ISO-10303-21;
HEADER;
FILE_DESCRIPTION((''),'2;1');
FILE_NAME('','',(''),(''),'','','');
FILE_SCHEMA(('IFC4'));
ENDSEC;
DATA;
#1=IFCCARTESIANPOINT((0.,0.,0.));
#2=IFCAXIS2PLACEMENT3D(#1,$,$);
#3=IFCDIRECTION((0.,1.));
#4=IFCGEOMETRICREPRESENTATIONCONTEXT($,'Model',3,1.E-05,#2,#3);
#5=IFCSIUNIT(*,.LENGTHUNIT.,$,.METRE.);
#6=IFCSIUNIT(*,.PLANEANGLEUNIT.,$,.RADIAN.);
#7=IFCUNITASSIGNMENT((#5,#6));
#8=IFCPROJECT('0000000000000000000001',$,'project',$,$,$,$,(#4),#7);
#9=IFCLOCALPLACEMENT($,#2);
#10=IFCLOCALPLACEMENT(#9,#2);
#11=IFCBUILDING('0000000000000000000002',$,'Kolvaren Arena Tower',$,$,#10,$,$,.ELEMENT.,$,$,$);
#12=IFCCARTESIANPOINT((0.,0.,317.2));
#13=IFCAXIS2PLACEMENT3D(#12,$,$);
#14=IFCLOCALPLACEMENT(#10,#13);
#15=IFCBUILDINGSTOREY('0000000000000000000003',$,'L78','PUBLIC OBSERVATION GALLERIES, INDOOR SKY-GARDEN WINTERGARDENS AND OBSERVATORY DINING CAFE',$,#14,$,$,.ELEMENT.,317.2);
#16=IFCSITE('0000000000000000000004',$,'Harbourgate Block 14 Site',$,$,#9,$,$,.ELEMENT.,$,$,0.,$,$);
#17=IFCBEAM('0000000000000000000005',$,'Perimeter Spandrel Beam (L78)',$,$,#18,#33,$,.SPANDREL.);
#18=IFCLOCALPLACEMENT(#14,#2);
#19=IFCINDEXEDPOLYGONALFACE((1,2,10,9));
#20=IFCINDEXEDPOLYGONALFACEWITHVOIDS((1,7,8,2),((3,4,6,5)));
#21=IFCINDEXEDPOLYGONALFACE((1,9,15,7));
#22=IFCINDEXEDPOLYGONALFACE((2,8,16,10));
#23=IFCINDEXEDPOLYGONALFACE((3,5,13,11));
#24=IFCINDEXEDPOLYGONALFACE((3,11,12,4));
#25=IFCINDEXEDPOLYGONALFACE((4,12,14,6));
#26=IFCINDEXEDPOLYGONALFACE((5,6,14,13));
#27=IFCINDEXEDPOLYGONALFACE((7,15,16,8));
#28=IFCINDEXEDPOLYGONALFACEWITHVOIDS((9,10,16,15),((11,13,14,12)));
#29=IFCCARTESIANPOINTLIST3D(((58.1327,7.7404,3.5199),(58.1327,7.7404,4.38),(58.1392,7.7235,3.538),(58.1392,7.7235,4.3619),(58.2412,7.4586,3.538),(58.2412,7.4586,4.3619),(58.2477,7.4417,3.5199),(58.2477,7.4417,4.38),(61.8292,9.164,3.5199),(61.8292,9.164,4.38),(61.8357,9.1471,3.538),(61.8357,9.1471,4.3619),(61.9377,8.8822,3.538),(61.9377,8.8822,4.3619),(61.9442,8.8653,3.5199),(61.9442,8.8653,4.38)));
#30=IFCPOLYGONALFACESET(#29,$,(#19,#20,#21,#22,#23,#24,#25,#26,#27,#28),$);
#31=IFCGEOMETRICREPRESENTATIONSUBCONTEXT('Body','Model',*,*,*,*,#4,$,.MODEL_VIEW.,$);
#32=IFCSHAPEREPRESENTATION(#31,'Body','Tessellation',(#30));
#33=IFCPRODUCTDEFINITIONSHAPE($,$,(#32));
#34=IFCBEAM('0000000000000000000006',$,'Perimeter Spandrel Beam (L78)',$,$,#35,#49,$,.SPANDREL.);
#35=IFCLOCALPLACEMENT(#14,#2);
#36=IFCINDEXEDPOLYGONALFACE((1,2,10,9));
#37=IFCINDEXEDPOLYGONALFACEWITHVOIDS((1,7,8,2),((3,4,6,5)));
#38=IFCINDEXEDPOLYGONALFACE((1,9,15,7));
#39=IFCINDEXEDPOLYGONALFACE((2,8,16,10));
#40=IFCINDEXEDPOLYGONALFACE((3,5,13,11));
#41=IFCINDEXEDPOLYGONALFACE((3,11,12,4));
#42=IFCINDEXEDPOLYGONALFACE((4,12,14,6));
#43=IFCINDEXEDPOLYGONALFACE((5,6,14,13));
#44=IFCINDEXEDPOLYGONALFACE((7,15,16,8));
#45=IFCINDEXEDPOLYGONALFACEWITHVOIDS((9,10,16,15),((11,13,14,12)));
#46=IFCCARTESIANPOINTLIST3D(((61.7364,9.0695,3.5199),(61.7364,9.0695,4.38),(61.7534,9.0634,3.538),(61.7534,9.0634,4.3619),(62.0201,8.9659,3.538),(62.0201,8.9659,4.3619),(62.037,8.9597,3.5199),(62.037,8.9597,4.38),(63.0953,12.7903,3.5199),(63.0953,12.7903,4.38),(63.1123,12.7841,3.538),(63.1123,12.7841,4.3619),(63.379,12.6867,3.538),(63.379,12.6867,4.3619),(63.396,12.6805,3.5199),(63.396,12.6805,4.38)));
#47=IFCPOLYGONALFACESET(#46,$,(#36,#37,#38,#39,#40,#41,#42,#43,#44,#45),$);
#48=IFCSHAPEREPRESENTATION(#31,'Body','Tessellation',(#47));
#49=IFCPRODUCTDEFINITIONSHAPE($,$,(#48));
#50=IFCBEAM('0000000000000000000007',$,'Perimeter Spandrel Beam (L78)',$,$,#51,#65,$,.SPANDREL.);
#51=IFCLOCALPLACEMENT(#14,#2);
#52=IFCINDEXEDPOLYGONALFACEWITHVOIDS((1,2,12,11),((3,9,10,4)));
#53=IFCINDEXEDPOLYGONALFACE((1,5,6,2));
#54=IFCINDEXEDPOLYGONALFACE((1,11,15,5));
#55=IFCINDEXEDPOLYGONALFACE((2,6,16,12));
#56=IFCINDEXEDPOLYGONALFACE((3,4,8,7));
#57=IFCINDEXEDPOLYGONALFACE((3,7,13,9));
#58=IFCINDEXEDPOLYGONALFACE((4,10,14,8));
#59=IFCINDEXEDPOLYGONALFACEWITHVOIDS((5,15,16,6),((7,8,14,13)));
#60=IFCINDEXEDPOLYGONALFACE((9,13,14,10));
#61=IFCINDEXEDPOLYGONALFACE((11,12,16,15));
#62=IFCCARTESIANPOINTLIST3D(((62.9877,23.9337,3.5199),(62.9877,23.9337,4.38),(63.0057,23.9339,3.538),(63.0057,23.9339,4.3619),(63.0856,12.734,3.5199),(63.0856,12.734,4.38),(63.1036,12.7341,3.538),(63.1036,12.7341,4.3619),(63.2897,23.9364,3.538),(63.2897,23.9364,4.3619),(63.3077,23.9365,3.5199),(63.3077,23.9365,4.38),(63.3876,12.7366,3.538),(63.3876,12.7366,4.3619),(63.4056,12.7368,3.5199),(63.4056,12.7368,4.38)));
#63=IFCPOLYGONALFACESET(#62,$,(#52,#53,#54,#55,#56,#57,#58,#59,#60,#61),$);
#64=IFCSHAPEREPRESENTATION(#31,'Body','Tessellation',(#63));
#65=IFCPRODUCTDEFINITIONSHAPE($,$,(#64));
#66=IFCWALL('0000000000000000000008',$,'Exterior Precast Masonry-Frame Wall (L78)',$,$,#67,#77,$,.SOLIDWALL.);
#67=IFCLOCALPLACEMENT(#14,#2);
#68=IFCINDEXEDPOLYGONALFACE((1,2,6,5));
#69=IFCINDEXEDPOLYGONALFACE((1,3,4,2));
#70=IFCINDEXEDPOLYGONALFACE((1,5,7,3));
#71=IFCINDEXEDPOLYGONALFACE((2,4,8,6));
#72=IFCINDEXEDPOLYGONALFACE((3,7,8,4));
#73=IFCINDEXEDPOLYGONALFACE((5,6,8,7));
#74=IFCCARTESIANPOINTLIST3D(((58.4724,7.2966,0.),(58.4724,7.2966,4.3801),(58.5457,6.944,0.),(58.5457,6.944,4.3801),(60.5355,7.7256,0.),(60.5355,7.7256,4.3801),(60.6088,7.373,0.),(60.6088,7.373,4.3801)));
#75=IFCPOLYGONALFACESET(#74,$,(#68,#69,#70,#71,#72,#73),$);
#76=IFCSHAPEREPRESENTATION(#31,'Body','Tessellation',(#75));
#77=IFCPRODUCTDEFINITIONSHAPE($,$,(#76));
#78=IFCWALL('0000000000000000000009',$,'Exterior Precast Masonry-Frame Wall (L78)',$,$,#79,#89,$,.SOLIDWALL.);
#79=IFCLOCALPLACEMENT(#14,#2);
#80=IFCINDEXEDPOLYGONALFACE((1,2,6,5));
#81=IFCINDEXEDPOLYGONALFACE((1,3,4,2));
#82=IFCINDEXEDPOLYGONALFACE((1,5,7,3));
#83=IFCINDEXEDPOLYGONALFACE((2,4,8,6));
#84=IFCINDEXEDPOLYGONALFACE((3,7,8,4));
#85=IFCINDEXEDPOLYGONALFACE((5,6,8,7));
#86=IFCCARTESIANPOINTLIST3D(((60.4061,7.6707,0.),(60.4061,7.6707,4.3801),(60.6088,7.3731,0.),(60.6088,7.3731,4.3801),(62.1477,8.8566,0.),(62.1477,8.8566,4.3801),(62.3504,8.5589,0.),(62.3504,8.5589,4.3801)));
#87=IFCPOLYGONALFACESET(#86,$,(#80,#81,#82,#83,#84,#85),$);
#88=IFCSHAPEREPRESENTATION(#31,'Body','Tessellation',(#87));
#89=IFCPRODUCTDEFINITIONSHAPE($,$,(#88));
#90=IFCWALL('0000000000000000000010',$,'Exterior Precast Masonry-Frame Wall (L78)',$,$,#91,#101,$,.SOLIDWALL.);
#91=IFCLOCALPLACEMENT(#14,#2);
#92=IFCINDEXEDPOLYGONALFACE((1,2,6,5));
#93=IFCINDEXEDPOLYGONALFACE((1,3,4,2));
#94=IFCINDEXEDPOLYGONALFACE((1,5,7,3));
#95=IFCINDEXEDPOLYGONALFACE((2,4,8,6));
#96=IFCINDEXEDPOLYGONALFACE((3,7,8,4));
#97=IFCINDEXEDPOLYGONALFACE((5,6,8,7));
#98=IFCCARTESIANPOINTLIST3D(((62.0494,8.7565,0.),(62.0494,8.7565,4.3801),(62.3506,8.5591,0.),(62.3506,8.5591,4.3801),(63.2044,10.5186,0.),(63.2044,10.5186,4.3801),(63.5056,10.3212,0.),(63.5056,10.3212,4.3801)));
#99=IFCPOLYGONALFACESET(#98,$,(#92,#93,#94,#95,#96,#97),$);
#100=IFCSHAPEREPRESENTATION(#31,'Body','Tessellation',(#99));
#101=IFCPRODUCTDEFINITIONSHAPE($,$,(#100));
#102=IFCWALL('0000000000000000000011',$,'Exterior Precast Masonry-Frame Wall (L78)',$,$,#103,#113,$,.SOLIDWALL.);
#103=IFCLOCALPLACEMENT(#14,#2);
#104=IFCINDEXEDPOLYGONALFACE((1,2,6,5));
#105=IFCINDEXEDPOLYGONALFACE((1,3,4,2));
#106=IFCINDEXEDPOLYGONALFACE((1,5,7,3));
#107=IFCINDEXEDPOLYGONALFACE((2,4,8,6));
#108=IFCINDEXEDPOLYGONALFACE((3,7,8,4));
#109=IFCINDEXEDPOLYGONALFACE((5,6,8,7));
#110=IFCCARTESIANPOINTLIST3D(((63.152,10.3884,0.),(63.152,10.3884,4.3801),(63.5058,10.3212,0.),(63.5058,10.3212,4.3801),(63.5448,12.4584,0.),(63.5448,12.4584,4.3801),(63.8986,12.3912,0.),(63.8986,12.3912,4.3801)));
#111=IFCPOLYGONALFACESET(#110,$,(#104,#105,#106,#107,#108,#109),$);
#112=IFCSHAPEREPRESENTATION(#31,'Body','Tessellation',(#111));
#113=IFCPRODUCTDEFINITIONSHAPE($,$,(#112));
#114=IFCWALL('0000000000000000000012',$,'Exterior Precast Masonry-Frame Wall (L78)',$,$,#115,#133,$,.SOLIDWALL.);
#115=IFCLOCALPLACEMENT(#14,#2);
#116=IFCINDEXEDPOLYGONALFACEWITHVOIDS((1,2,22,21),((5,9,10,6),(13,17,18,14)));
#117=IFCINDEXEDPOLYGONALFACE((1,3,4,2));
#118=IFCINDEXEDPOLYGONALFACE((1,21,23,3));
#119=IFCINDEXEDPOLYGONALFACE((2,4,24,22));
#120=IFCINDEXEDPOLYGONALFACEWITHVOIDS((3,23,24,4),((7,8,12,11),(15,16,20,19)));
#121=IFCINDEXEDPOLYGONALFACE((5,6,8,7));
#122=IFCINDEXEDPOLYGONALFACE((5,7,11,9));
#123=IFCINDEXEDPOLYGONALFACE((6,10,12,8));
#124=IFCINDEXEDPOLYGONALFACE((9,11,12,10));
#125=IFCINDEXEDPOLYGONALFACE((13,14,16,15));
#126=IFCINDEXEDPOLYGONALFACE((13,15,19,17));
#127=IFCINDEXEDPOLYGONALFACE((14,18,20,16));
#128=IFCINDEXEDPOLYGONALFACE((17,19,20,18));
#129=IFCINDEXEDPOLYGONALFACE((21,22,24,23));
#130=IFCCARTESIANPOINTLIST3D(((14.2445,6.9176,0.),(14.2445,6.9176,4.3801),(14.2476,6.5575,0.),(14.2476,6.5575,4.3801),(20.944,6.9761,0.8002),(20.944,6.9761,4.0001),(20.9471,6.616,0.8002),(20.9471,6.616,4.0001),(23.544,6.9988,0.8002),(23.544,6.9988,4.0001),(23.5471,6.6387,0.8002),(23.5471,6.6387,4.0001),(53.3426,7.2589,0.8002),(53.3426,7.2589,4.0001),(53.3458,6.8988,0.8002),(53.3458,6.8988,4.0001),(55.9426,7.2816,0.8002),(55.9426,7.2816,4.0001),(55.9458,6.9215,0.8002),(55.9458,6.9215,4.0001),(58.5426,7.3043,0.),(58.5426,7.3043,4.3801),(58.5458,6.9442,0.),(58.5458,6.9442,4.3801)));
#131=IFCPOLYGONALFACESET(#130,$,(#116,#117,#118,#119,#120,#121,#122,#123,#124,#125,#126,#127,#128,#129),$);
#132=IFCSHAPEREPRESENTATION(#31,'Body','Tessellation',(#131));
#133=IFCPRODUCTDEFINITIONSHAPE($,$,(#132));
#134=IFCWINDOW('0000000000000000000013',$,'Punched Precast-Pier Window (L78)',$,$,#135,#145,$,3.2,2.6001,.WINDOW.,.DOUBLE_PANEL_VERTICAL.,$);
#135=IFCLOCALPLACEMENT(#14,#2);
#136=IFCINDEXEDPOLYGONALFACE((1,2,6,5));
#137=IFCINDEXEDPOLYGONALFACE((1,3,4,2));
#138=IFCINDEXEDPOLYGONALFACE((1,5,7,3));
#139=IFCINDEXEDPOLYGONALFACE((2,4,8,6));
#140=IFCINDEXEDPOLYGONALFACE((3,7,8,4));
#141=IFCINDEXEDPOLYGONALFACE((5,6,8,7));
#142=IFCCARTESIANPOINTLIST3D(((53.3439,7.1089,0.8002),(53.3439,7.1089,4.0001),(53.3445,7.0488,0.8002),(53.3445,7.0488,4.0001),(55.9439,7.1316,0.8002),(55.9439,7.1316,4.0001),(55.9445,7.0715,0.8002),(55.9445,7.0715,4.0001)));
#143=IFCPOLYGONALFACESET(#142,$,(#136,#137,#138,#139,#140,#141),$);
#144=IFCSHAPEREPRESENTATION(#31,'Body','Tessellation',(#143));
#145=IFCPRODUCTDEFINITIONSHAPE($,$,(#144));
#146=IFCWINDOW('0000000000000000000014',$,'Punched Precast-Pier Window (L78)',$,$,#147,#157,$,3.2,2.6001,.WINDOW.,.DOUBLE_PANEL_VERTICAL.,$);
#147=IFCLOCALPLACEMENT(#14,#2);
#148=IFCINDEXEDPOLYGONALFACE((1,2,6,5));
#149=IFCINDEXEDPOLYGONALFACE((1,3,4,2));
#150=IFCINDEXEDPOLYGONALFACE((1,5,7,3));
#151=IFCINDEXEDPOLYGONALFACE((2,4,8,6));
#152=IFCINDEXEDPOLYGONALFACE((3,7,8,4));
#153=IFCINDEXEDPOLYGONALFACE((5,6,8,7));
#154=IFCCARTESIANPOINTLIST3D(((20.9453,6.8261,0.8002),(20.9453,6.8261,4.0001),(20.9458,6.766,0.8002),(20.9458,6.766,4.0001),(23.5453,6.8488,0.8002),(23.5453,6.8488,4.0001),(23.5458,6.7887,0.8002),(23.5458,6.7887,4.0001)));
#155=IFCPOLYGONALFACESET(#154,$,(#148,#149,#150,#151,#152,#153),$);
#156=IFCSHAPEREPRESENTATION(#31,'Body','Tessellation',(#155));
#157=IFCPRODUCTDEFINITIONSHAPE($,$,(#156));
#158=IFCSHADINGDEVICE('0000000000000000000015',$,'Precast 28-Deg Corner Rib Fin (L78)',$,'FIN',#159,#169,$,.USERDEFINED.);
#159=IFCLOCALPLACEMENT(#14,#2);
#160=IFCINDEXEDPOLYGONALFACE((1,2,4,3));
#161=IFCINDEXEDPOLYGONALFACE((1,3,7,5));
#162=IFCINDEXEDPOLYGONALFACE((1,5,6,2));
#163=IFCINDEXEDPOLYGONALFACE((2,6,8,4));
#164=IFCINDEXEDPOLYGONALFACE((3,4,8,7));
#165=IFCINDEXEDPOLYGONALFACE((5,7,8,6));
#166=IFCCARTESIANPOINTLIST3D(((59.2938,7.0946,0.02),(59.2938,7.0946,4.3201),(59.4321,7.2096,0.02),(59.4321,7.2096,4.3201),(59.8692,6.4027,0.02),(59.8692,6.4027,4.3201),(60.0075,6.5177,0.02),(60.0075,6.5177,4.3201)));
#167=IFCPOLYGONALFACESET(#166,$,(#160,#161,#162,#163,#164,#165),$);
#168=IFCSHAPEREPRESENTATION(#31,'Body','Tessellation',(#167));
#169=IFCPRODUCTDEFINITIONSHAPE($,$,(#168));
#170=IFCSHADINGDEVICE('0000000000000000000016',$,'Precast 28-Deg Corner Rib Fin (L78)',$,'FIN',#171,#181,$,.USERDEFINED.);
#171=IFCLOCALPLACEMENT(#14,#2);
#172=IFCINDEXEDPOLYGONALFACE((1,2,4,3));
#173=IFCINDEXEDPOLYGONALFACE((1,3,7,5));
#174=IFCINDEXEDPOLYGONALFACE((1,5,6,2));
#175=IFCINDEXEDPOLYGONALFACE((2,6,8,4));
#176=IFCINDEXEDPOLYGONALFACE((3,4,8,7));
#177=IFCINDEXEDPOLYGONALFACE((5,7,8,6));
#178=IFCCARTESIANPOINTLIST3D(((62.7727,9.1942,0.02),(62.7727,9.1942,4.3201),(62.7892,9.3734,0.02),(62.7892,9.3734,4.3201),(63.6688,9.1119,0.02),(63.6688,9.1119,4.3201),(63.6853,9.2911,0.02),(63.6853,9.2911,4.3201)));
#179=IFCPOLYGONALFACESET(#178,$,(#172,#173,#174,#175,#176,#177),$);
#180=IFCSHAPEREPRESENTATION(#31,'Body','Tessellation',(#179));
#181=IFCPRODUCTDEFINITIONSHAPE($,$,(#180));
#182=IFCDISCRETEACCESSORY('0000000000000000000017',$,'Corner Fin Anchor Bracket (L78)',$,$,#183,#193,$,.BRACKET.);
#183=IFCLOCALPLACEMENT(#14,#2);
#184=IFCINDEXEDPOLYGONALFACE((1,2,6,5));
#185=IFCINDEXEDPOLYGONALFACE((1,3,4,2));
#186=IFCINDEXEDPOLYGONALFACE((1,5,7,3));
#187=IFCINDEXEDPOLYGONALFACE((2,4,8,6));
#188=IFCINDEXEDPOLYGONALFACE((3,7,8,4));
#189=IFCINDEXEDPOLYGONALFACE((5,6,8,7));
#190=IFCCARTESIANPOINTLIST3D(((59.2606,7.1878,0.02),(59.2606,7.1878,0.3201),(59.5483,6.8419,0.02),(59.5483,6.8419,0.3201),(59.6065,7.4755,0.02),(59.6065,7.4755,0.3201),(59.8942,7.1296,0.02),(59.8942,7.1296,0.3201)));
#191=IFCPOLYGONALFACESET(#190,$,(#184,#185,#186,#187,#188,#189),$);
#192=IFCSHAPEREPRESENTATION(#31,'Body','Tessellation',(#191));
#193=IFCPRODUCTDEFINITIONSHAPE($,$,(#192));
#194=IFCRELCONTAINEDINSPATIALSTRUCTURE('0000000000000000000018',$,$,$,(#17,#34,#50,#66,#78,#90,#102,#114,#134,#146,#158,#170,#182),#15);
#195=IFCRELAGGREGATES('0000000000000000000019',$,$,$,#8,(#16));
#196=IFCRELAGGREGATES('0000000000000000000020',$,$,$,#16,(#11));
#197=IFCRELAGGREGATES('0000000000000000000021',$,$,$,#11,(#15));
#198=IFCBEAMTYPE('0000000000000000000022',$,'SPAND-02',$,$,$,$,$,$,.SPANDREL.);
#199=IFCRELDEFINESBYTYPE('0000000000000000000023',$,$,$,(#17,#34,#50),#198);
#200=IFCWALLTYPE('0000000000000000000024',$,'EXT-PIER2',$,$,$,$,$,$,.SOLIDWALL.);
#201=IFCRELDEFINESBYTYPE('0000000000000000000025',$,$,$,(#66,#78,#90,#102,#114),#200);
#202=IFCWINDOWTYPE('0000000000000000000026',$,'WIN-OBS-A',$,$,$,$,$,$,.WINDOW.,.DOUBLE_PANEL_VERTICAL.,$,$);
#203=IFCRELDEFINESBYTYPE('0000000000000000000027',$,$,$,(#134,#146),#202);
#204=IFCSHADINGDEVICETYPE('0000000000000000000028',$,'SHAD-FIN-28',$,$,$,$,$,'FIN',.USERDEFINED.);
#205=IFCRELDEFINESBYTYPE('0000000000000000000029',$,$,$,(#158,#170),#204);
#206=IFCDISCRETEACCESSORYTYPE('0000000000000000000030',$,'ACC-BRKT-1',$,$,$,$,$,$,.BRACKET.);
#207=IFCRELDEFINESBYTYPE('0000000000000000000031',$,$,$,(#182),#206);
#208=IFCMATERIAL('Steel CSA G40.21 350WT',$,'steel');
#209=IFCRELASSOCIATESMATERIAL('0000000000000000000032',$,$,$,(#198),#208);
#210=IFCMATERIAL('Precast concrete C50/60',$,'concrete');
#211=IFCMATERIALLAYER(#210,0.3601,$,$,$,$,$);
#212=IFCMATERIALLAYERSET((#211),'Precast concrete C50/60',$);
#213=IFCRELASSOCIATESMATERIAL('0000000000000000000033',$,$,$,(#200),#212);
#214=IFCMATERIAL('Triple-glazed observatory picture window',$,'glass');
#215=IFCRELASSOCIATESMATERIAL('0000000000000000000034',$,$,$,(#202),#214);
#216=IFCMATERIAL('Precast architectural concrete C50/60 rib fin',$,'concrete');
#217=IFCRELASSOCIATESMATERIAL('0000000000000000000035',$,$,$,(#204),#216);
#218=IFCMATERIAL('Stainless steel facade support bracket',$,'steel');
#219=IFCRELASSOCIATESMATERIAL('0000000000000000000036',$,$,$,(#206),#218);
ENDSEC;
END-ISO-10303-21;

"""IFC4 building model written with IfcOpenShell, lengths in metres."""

from ifc_helpers import new_model, si_unit, direction, frame, frame_2d, origin, origin_2d, place, context, subcontext, project, spatial, rectangle, hollow_rectangle, extrude, material, layer, layer_set, material_profile, profile_set, type_object, element, fill, save


model = new_model("IFC4")

# Units and contexts
model_context = context("Model", 3, precision=1e-05, world=origin(), true_north=direction((0.0, 1.0)))
body_context = subcontext(model_context, "Body", "Model", "MODEL_VIEW")
ifc_project = project(units=[si_unit("LENGTHUNIT", "METRE"), si_unit("PLANEANGLEUNIT", "RADIAN")], contexts=[model_context])

# Site, building, storey
site_placement = place(None, origin())
site = spatial("IfcSite", under=ifc_project, at=site_placement, Name="Harbourgate Block 14 Site", CompositionType="ELEMENT", RefElevation=0.0)
building_placement = place(site_placement, origin())
building = spatial("IfcBuilding", under=site, at=building_placement, Name="Kolvaren Arena Tower", CompositionType="ELEMENT")
storey_placement = place(building_placement, frame((0.0, 0.0, 317.2)))
storey = spatial("IfcBuildingStorey", under=building, at=storey_placement, Name="L78", Description="PUBLIC OBSERVATION GALLERIES, INDOOR SKY-GARDEN WINTERGARDENS AND OBSERVATORY DINING CAFE", CompositionType="ELEMENT", Elevation=317.2)

# Shared definitions
ifc_material_1 = material(Name="Precast concrete C50/60", Category="concrete")

# Beams
ifc_material_2 = material(Name="Steel CSA G40.21 350WT", Category="steel")
ifc_material_profile_1 = material_profile(ifc_material_2, hollow_rectangle(XDim=0.3201, YDim=0.8601, WallThickness=0.0181, at=origin_2d()), Name="HSS 860x320x18")
ifc_profile_set_1 = profile_set([ifc_material_profile_1], Name="Steel CSA G40.21 350WT")
beam_type_1 = type_object("IfcBeamType", Name="SPAND-02", PredefinedType="SPANDREL", material=ifc_profile_set_1)
for number, where, z_axis, x_axis, name in (
    (1, (58.1902, 7.5911, 3.95), (0.93319, 0.359384, 0.0), (-0.359384, 0.93319, 0.0), "Perimeter Spandrel Beam (L78)"),
    (2, (61.8867, 9.0146, 3.95), (0.343059, 0.939314, 0.0), (-0.939314, 0.343059, 0.0), "Perimeter Spandrel Beam (L78)"),
):
    element("IfcBeam", number, at=place(storey_placement, frame(where, z_axis=z_axis, x_axis=x_axis)), inside=storey, type_object=beam_type_1, Name=name, PredefinedType="SPANDREL", context=body_context, shape_type="SweptSolid", body=[
        extrude(hollow_rectangle(XDim=0.3201, YDim=0.8601, WallThickness=0.0181, at=origin_2d()), origin(), (0.0, 0.0, 1.0), 3.9612),
    ])
beam_1_placement = place(storey_placement, frame((63.2456, 12.7354, 3.95), z_axis=(-0.008741, 0.999962, 0.0), x_axis=(-0.999962, -0.008741, 0.0)))
element("IfcBeam", 3, at=beam_1_placement, inside=storey, type_object=beam_type_1, Name="Perimeter Spandrel Beam (L78)", PredefinedType="SPANDREL", context=body_context, shape_type="SweptSolid", body=[
    extrude(hollow_rectangle(XDim=0.3201, YDim=0.8601, WallThickness=0.0181, at=origin_2d()), origin(), (0.0, 0.0, 1.0), 11.2002),
])

# Walls
ifc_layer = layer(ifc_material_1, 0.3601)
ifc_layer_set = layer_set([ifc_layer], Name="Precast concrete C50/60")
wall_type = type_object("IfcWallType", Name="EXT-PIER2", PredefinedType="SOLIDWALL", material=ifc_layer_set)
wall_1_placement = place(storey_placement, frame((60.5723, 7.5493, 0.0), z_axis=(0.0, 0.0, 1.0), x_axis=(-0.979059, -0.203575, 0.0)))
element("IfcWall", 4, at=wall_1_placement, inside=storey, type_object=wall_type, Name="Exterior Precast Masonry-Frame Wall (L78)", PredefinedType="SOLIDWALL", context=body_context, shape_type="SweptSolid", body=[
    extrude(rectangle(XDim=2.1072, YDim=0.3601, at=frame_2d((1.0537, 0.0))), origin(), (0.0, 0.0, 1.0), 4.3801),
])
for number, where, z_axis, x_axis, name in (
    (5, (62.249, 8.7078, 0.0), (0.0, 0.0, 1.0), (-0.826573, -0.56283, 0.0), "Exterior Precast Masonry-Frame Wall (L78)"),
    (6, (63.355, 10.4199, 0.0), (0.0, 0.0, 1.0), (-0.548186, -0.836357, 0.0), "Exterior Precast Masonry-Frame Wall (L78)"),
    (7, (63.7217, 12.4248, 0.0), (0.0, 0.0, 1.0), (-0.186436, -0.982467, 0.0), "Exterior Precast Masonry-Frame Wall (L78)"),
):
    element("IfcWall", number, at=place(storey_placement, frame(where, z_axis=z_axis, x_axis=x_axis)), inside=storey, type_object=wall_type, Name=name, PredefinedType="SOLIDWALL", context=body_context, shape_type="SweptSolid", body=[
        extrude(rectangle(XDim=2.1069, YDim=0.3601, at=frame_2d((1.0535, 0.0))), origin(), (0.0, 0.0, 1.0), 4.3801),
    ])

# Wall, openings, windows
wall_2_placement = place(storey_placement, frame((58.5442, 7.1243, 0.0), z_axis=(0.0, 0.0, 1.0), x_axis=(-0.999962, -0.00873, 0.0)))
wall_2 = element("IfcWall", 8, at=wall_2_placement, inside=storey, type_object=wall_type, Name="Exterior Precast Masonry-Frame Wall (L78)", PredefinedType="SOLIDWALL", context=body_context, shape_type="SweptSolid", body=[
    extrude(rectangle(XDim=44.2998, YDim=0.3601, at=frame_2d((22.1499, 0.0))), origin(), (0.0, 0.0, 1.0), 4.3801),
])
opening_1_placement = place(wall_2_placement, frame((2.6001, 0.0, 0.8)))
opening_1 = element("IfcOpeningElement", 9, at=opening_1_placement, cuts=wall_2, PredefinedType="OPENING", context=body_context, shape_type="SweptSolid", body=[
    extrude(rectangle(XDim=2.6001, YDim=3.2, at=frame_2d((1.3, 1.6001))), frame((0.0, 0.1899, 0.0), z_axis=(0.0, -1.0, 0.0), x_axis=(1.0, 0.0, 0.0)), (0.0, 0.0, 1.0), 0.3801),
])
opening_2_placement = place(wall_2_placement, frame((35.0, 0.0, 0.8)))
opening_2 = element("IfcOpeningElement", 10, at=opening_2_placement, cuts=wall_2, PredefinedType="OPENING", context=body_context, shape_type="SweptSolid", body=[
    extrude(rectangle(XDim=2.6001, YDim=3.2, at=frame_2d((1.3, 1.6001))), frame((0.0, 0.1899, 0.0), z_axis=(0.0, -1.0, 0.0), x_axis=(1.0, 0.0, 0.0)), (0.0, 0.0, 1.0), 0.3801),
])
ifc_material_3 = material(Name="Triple-glazed observatory picture window", Category="glass")
window_type = type_object("IfcWindowType", Name="WIN-OBS-A", PartitioningType="DOUBLE_PANEL_VERTICAL", PredefinedType="WINDOW", material=ifc_material_3)
window_1_placement = place(opening_1_placement, origin())
window_1 = element("IfcWindow", 11, at=window_1_placement, inside=storey, type_object=window_type, Name="Punched Precast-Pier Window (L78)", OverallHeight=3.2, OverallWidth=2.6001, PartitioningType="DOUBLE_PANEL_VERTICAL", PredefinedType="WINDOW", context=body_context, shape_type="SweptSolid", body=[
    extrude(rectangle(XDim=2.6001, YDim=3.2, at=frame_2d((1.3, 1.6001))), frame((0.0, 0.03, 0.0), z_axis=(0.0, -1.0, 0.0), x_axis=(1.0, 0.0, 0.0)), (0.0, 0.0, 1.0), 0.0601),
])
fill(opening_1, window_1)
window_2_placement = place(opening_2_placement, origin())
window_2 = element("IfcWindow", 12, at=window_2_placement, inside=storey, type_object=window_type, Name="Punched Precast-Pier Window (L78)", OverallHeight=3.2, OverallWidth=2.6001, PartitioningType="DOUBLE_PANEL_VERTICAL", PredefinedType="WINDOW", context=body_context, shape_type="SweptSolid", body=[
    extrude(rectangle(XDim=2.6001, YDim=3.2, at=frame_2d((1.3, 1.6001))), frame((0.0, 0.03, 0.0), z_axis=(0.0, -1.0, 0.0), x_axis=(1.0, 0.0, 0.0)), (0.0, 0.0, 1.0), 0.0601),
])
fill(opening_2, window_2)

# Shading devices
ifc_material_4 = material(Name="Precast architectural concrete C50/60 rib fin", Category="concrete")
shading_device_type = type_object("IfcShadingDeviceType", Name="SHAD-FIN-28", ElementType="FIN", PredefinedType="USERDEFINED", material=ifc_material_4)
for number, where, z_axis, x_axis, name in (
    (13, (59.6506, 6.8062, 0.02), (0.0, 0.0, 1.0), (0.639409, -0.768866, 0.0), "Precast 28-Deg Corner Rib Fin (L78)"),
    (14, (63.229, 9.2427, 0.02), (0.0, 0.0, 1.0), (0.995808, -0.091469, 0.0), "Precast 28-Deg Corner Rib Fin (L78)"),
):
    element("IfcShadingDevice", number, at=place(storey_placement, frame(where, z_axis=z_axis, x_axis=x_axis)), inside=storey, type_object=shading_device_type, Name=name, ObjectType="FIN", PredefinedType="USERDEFINED", context=body_context, shape_type="SweptSolid", body=[
        extrude(rectangle(XDim=0.8999, YDim=0.1799, at=origin_2d()), origin(), (0.0, 0.0, 1.0), 4.3),
    ])

# Discrete accessory
ifc_material_5 = material(Name="Stainless steel facade support bracket", Category="steel")
discrete_accessory_type = type_object("IfcDiscreteAccessoryType", Name="ACC-BRKT-1", PredefinedType="BRACKET", material=ifc_material_5)
for number, where, z_axis, x_axis, name in (
    (15, (59.5774, 7.1587, 0.02), (0.0, 0.0, 1.0), (0.639409, -0.768866, 0.0), "Corner Fin Anchor Bracket (L78)"),
):
    element("IfcDiscreteAccessory", number, at=place(storey_placement, frame(where, z_axis=z_axis, x_axis=x_axis)), inside=storey, type_object=discrete_accessory_type, Name=name, PredefinedType="BRACKET", context=body_context, shape_type="SweptSolid", body=[
        extrude(rectangle(XDim=0.45, YDim=0.45, at=origin_2d()), origin(), (0.0, 0.0, 1.0), 0.3),
    ])

save(model, "model.ifc")
